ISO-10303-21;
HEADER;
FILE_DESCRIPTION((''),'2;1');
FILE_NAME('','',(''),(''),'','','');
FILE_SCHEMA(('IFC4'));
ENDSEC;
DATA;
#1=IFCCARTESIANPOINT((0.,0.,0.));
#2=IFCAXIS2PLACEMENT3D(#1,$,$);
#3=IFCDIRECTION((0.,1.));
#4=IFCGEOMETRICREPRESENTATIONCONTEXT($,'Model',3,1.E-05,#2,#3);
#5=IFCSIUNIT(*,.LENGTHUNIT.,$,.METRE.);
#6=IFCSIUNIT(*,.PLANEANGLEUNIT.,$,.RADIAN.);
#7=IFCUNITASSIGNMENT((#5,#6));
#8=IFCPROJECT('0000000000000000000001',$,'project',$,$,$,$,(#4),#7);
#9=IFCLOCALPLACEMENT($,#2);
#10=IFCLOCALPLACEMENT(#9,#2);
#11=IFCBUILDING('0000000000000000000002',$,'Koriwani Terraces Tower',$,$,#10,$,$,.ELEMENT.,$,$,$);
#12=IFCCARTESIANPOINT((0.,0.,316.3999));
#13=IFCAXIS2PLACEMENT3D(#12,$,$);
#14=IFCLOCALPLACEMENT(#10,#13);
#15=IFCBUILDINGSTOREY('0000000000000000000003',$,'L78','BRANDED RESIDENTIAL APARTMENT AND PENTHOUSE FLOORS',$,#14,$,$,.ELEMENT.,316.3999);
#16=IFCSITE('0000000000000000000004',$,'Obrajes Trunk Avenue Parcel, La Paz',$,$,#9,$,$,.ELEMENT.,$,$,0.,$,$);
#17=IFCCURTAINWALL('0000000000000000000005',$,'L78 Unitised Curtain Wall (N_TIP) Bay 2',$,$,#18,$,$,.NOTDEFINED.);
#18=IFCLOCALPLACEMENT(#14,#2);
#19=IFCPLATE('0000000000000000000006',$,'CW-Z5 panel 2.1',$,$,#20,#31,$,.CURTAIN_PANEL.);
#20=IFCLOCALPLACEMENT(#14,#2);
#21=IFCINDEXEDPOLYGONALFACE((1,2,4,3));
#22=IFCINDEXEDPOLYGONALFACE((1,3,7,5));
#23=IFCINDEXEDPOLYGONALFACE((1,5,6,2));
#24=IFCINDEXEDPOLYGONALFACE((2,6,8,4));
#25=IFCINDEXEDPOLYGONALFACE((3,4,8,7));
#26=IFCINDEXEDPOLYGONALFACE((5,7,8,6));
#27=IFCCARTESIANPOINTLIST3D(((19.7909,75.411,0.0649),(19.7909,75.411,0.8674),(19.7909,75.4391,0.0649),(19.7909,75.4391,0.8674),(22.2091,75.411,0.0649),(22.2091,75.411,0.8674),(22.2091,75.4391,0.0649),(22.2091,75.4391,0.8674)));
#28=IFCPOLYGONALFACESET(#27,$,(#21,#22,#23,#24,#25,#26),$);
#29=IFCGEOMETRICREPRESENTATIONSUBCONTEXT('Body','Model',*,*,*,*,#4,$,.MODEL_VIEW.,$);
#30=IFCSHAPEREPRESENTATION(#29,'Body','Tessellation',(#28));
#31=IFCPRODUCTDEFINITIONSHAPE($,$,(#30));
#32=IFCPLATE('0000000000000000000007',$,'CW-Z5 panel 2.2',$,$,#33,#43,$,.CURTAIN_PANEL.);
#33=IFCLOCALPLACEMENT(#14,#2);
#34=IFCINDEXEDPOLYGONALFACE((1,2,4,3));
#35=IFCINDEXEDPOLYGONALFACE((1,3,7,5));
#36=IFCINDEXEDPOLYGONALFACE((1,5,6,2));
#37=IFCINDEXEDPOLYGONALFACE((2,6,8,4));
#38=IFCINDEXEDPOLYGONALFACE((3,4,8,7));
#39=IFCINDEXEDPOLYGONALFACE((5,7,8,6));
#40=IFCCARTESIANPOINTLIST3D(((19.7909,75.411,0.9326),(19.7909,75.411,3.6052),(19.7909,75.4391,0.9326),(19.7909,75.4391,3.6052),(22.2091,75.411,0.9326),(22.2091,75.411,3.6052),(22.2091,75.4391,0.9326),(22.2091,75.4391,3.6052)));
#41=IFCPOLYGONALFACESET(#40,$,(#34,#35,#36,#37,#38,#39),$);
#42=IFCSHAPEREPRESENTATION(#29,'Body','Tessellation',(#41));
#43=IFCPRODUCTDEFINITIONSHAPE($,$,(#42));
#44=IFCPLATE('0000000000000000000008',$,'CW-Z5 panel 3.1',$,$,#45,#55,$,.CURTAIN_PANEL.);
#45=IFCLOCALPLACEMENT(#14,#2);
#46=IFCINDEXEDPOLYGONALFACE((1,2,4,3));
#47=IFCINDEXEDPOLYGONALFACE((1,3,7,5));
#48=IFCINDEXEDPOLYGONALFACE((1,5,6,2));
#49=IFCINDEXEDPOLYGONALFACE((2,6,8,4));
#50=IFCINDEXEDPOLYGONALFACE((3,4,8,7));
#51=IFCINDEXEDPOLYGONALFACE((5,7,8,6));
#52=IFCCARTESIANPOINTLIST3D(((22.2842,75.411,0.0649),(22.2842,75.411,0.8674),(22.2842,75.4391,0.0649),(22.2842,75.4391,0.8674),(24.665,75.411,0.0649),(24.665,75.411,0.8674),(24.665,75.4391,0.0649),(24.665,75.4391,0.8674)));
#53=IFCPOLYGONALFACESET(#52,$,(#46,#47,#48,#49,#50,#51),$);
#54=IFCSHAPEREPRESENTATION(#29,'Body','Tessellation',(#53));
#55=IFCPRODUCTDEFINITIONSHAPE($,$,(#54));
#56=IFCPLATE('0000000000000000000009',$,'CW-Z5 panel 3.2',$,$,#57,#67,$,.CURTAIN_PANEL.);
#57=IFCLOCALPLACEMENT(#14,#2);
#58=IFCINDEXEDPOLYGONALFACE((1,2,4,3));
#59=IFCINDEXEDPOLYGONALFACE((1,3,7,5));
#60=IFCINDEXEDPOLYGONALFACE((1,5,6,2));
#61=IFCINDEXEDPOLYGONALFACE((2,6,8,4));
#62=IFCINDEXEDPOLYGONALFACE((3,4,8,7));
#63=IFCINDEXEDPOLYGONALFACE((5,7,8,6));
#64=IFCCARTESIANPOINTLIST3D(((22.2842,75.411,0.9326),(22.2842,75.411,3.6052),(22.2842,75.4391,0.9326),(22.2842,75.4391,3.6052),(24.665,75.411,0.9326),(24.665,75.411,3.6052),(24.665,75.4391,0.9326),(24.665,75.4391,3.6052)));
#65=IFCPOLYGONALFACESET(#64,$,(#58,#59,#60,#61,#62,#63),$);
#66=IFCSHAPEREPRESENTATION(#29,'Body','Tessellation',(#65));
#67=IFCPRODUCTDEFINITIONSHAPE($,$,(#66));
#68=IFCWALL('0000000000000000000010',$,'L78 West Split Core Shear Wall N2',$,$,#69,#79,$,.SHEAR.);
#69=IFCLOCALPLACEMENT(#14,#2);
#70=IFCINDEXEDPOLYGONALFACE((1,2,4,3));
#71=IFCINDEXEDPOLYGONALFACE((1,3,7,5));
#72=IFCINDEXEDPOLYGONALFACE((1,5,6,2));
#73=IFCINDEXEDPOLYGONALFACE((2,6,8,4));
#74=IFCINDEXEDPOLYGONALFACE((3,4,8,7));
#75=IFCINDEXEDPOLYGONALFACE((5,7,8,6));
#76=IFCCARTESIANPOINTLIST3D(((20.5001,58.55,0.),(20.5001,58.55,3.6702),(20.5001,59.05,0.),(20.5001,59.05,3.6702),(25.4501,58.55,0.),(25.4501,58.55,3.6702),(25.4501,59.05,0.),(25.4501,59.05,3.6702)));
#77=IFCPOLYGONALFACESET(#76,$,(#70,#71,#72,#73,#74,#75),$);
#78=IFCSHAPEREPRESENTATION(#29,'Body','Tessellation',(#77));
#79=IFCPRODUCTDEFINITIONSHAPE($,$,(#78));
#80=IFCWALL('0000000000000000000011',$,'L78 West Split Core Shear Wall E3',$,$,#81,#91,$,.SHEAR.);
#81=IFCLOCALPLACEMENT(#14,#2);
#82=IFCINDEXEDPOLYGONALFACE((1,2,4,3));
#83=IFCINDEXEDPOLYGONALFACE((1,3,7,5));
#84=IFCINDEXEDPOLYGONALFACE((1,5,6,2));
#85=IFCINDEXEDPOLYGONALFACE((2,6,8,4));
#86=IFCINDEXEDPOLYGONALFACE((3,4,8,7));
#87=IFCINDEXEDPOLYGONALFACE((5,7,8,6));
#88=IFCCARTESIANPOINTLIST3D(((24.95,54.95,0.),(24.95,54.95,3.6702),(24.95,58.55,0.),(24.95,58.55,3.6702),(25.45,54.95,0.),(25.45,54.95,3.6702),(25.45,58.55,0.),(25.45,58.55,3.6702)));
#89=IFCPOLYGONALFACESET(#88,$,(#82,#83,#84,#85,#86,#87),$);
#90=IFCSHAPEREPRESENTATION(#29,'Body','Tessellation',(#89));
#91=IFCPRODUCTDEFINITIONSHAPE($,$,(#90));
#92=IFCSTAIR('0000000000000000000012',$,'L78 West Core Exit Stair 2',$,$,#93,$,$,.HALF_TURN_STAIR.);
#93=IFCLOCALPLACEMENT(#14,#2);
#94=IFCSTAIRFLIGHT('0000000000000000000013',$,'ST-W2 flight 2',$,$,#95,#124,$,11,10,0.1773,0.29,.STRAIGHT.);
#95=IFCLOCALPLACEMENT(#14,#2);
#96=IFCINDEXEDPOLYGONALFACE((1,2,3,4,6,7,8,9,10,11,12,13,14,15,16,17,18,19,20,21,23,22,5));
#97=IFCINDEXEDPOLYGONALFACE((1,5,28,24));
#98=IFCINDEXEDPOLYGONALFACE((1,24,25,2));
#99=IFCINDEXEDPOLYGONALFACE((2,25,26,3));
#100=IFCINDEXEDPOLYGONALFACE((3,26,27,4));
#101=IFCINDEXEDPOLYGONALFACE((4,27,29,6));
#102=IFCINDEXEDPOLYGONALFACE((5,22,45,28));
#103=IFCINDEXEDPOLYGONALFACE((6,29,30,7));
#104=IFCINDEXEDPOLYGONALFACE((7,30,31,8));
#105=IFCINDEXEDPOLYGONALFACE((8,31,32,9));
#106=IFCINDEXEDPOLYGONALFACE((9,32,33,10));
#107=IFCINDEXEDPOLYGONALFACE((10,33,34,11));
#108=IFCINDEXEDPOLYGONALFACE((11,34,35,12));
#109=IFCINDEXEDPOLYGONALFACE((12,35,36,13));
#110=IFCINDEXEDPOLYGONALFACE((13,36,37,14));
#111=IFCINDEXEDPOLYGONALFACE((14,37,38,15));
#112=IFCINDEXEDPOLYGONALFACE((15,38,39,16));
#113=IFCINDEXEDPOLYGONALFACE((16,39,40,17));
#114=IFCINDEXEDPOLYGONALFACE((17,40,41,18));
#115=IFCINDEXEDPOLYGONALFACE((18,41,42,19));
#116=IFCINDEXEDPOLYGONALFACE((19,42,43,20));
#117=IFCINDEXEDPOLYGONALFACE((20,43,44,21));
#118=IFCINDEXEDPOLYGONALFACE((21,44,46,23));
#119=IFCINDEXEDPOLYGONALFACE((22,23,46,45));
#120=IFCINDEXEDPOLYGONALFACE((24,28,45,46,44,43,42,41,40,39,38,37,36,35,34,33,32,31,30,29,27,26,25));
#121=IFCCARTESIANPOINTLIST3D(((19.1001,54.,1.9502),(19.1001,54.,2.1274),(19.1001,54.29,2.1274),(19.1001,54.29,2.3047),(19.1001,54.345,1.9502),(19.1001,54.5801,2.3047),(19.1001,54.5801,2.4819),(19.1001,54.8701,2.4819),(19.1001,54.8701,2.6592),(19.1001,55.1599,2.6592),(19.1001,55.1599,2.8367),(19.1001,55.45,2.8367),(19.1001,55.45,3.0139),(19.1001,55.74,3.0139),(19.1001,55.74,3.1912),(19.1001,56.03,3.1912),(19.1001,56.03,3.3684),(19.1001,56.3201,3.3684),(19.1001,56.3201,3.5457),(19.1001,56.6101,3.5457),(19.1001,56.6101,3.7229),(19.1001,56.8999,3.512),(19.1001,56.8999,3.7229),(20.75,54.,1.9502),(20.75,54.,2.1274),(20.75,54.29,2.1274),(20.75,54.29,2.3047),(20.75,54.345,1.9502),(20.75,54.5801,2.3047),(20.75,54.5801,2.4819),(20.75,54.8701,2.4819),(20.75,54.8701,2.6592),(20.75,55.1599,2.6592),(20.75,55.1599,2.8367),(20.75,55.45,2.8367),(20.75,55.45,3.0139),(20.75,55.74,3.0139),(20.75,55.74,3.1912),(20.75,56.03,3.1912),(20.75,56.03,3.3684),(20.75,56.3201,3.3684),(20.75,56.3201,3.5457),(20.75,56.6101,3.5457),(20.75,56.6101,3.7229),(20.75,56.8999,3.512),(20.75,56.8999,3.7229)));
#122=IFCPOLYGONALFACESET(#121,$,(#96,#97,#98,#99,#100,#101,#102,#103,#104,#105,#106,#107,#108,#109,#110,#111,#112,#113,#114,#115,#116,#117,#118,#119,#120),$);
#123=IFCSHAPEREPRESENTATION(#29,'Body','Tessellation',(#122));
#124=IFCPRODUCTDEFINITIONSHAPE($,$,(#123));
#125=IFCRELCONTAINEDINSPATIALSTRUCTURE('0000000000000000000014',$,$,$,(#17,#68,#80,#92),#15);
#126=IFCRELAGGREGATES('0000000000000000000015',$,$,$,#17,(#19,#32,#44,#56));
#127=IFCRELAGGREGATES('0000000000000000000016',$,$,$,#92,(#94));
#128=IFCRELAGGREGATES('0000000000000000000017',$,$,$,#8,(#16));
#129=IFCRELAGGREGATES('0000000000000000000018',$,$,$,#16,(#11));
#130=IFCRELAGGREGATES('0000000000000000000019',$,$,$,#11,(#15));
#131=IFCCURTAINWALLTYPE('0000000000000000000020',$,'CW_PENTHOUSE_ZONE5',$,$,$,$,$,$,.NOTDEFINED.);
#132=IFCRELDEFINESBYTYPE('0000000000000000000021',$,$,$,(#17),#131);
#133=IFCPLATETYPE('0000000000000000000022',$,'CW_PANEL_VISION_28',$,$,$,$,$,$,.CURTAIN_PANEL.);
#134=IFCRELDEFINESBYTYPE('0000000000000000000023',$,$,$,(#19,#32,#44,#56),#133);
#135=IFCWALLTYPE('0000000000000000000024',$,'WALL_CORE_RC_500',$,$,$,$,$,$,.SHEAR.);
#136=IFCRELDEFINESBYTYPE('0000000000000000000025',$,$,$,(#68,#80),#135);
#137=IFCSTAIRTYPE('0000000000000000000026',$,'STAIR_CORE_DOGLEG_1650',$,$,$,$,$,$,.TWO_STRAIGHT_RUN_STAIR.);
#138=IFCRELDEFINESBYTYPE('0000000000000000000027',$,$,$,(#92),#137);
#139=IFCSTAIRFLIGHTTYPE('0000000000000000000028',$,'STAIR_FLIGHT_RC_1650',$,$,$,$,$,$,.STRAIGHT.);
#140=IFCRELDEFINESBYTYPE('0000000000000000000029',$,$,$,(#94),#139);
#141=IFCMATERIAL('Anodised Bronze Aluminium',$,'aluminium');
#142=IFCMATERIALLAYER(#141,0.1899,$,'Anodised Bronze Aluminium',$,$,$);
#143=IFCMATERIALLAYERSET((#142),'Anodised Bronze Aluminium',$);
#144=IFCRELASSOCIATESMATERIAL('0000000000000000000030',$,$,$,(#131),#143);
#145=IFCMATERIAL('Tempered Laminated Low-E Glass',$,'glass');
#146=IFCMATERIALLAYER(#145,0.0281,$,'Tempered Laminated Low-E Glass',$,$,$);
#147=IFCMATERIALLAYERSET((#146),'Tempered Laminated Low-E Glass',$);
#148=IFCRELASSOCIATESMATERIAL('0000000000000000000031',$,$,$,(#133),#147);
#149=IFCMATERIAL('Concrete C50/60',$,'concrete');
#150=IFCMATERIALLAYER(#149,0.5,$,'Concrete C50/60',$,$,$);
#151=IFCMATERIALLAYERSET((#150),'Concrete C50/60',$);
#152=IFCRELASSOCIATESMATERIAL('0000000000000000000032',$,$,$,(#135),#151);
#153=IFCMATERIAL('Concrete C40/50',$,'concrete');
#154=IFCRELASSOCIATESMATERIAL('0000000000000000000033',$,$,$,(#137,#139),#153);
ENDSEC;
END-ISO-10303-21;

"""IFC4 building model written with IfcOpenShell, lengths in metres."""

from ifc_helpers import new_model, si_unit, direction, frame, frame_2d, origin, origin_2d, place, context, subcontext, project, spatial, polyline, rectangle, outline, extrude, material, layer, layer_set, type_object, element, aggregate, save


model = new_model("IFC4")

# Units and contexts
model_context = context("Model", 3, precision=1e-05, world=origin(), true_north=direction((0.0, 1.0)))
body_context = subcontext(model_context, "Body", "Model", "MODEL_VIEW")
ifc_project = project(units=[si_unit("LENGTHUNIT", "METRE"), si_unit("PLANEANGLEUNIT", "RADIAN")], contexts=[model_context])

# Site, building, storey
site_placement = place(None, origin())
site = spatial("IfcSite", under=ifc_project, at=site_placement, Name="Obrajes Trunk Avenue Parcel, La Paz", CompositionType="ELEMENT", RefElevation=0.0)
building_placement = place(site_placement, origin())
building = spatial("IfcBuilding", under=site, at=building_placement, Name="Koriwani Terraces Tower", CompositionType="ELEMENT")
storey_placement = place(building_placement, frame((0.0, 0.0, 316.3999)))
storey = spatial("IfcBuildingStorey", under=building, at=storey_placement, Name="L78", Description="BRANDED RESIDENTIAL APARTMENT AND PENTHOUSE FLOORS", CompositionType="ELEMENT", Elevation=316.3999)

# Shared definitions
ifc_material_1 = material(Name="Concrete C50/60", Category="concrete")

# Shared definitions
ifc_material_2 = material(Name="Concrete C40/50", Category="concrete")

# Curtain wall, plates
ifc_material_3 = material(Name="Anodised Bronze Aluminium", Category="aluminium")
ifc_layer_1 = layer(ifc_material_3, 0.1899, Name="Anodised Bronze Aluminium")
ifc_layer_set_1 = layer_set([ifc_layer_1], Name="Anodised Bronze Aluminium")
curtain_wall_type = type_object("IfcCurtainWallType", Name="CW_PENTHOUSE_ZONE5", PredefinedType="NOTDEFINED", material=ifc_layer_set_1)
curtain_wall_placement = place(storey_placement, origin())
curtain_wall = element("IfcCurtainWall", 1, at=curtain_wall_placement, inside=storey, type_object=curtain_wall_type, Name="L78 Unitised Curtain Wall (N_TIP) Bay 2", PredefinedType="NOTDEFINED")
ifc_material_4 = material(Name="Tempered Laminated Low-E Glass", Category="glass")
ifc_layer_2 = layer(ifc_material_4, 0.0281, Name="Tempered Laminated Low-E Glass")
ifc_layer_set_2 = layer_set([ifc_layer_2], Name="Tempered Laminated Low-E Glass")
plate_type = type_object("IfcPlateType", Name="CW_PANEL_VISION_28", PredefinedType="CURTAIN_PANEL", material=ifc_layer_set_2)
plate_1_placement = place(storey_placement, frame((21.0, 75.425, 0.0649), z_axis=(0.0, 0.0, 1.0), x_axis=(1.0, 0.0, 0.0)))
plate_1 = element("IfcPlate", 2, at=plate_1_placement, type_object=plate_type, Name="CW-Z5 panel 2.1", PredefinedType="CURTAIN_PANEL", context=body_context, shape_type="SweptSolid", body=[
    extrude(rectangle(XDim=2.4182, YDim=0.0281, at=origin_2d()), origin(), (0.0, 0.0, 1.0), 0.8025),
])
plate_2_placement = place(storey_placement, frame((21.0, 75.425, 0.9326), z_axis=(0.0, 0.0, 1.0), x_axis=(1.0, 0.0, 0.0)))
plate_2 = element("IfcPlate", 3, at=plate_2_placement, type_object=plate_type, Name="CW-Z5 panel 2.2", PredefinedType="CURTAIN_PANEL", context=body_context, shape_type="SweptSolid", body=[
    extrude(rectangle(XDim=2.4182, YDim=0.0281, at=origin_2d()), origin(), (0.0, 0.0, 1.0), 2.6726),
])
plate_3_placement = place(storey_placement, frame((23.4746, 75.425, 0.0649), z_axis=(0.0, 0.0, 1.0), x_axis=(1.0, 0.0, 0.0)))
plate_3 = element("IfcPlate", 4, at=plate_3_placement, type_object=plate_type, Name="CW-Z5 panel 3.1", PredefinedType="CURTAIN_PANEL", context=body_context, shape_type="SweptSolid", body=[
    extrude(rectangle(XDim=2.3809, YDim=0.0281, at=origin_2d()), origin(), (0.0, 0.0, 1.0), 0.8025),
])
plate_4_placement = place(storey_placement, frame((23.4746, 75.425, 0.9326), z_axis=(0.0, 0.0, 1.0), x_axis=(1.0, 0.0, 0.0)))
plate_4 = element("IfcPlate", 5, at=plate_4_placement, type_object=plate_type, Name="CW-Z5 panel 3.2", PredefinedType="CURTAIN_PANEL", context=body_context, shape_type="SweptSolid", body=[
    extrude(rectangle(XDim=2.3809, YDim=0.0281, at=origin_2d()), origin(), (0.0, 0.0, 1.0), 2.6726),
])
aggregate(curtain_wall, [plate_1, plate_2, plate_3, plate_4])

# Walls
ifc_layer_3 = layer(ifc_material_1, 0.5, Name="Concrete C50/60")
ifc_layer_set_3 = layer_set([ifc_layer_3], Name="Concrete C50/60")
wall_type_1 = type_object("IfcWallType", Name="WALL_CORE_RC_500", PredefinedType="SHEAR", material=ifc_layer_set_3)
wall_1_placement = place(storey_placement, frame((20.5, 58.8, 0.0), z_axis=(0.0, 0.0, 1.0), x_axis=(1.0, 0.0, 0.0)))
element("IfcWall", 6, at=wall_1_placement, inside=storey, type_object=wall_type_1, Name="L78 West Split Core Shear Wall N2", PredefinedType="SHEAR", context=body_context, shape_type="SweptSolid", body=[
    extrude(rectangle(XDim=4.95, YDim=0.5, at=frame_2d((2.4751, 0.0))), origin(), (0.0, 0.0, 1.0), 3.6702),
])
wall_2_placement = place(storey_placement, frame((25.2, 54.95, 0.0), z_axis=(0.0, 0.0, 1.0), x_axis=(0.0, 1.0, 0.0)))
element("IfcWall", 7, at=wall_2_placement, inside=storey, type_object=wall_type_1, Name="L78 West Split Core Shear Wall E3", PredefinedType="SHEAR", context=body_context, shape_type="SweptSolid", body=[
    extrude(rectangle(XDim=3.6001, YDim=0.5, at=frame_2d((1.8, 0.0))), origin(), (0.0, 0.0, 1.0), 3.6702),
])

# Stair, stair flight
stair_type = type_object("IfcStairType", Name="STAIR_CORE_DOGLEG_1650", PredefinedType="TWO_STRAIGHT_RUN_STAIR", material=ifc_material_2)
stair_placement = place(storey_placement, origin())
stair = element("IfcStair", 8, at=stair_placement, inside=storey, type_object=stair_type, Name="L78 West Core Exit Stair 2", PredefinedType="HALF_TURN_STAIR")
stair_flight_type = type_object("IfcStairFlightType", Name="STAIR_FLIGHT_RC_1650", PredefinedType="STRAIGHT", material=ifc_material_2)
stair_flight_placement = place(storey_placement, frame((19.925, 54.0, 1.9502), z_axis=(0.0, 0.0, 1.0), x_axis=(0.0, 1.0, 0.0)))
stair_flight = element("IfcStairFlight", 9, at=stair_flight_placement, type_object=stair_flight_type, Name="ST-W2 flight 2", NumberOfRisers=11, NumberOfTreads=10, PredefinedType="STRAIGHT", RiserHeight=0.1773, TreadLength=0.29, context=body_context, shape_type="SweptSolid", body=[
    extrude(outline(polyline([(0.0, 0.0), (0.0, 0.1772), (0.29, 0.1772), (0.29, 0.3545), (0.5801, 0.3545), (0.5801, 0.5317), (0.8701, 0.5317), (0.8701, 0.709), (1.1599, 0.709), (1.1599, 0.8865), (1.45, 0.8865), (1.45, 1.0637), (1.74, 1.0637), (1.74, 1.241), (2.03, 1.241), (2.03, 1.4182), (2.3201, 1.4182), (2.3201, 1.5955), (2.6101, 1.5955), (2.6101, 1.7727), (2.8999, 1.7727), (2.8999, 1.95), (2.8999, 1.5618), (0.345, 0.0), (0.0, 0.0)])), frame((0.0, 0.825, 0.0), z_axis=(0.0, -1.0, 0.0), x_axis=(1.0, 0.0, 0.0)), (0.0, 0.0, 1.0), 1.6499),
])
aggregate(stair, [stair_flight])

save(model, "model.ifc")
